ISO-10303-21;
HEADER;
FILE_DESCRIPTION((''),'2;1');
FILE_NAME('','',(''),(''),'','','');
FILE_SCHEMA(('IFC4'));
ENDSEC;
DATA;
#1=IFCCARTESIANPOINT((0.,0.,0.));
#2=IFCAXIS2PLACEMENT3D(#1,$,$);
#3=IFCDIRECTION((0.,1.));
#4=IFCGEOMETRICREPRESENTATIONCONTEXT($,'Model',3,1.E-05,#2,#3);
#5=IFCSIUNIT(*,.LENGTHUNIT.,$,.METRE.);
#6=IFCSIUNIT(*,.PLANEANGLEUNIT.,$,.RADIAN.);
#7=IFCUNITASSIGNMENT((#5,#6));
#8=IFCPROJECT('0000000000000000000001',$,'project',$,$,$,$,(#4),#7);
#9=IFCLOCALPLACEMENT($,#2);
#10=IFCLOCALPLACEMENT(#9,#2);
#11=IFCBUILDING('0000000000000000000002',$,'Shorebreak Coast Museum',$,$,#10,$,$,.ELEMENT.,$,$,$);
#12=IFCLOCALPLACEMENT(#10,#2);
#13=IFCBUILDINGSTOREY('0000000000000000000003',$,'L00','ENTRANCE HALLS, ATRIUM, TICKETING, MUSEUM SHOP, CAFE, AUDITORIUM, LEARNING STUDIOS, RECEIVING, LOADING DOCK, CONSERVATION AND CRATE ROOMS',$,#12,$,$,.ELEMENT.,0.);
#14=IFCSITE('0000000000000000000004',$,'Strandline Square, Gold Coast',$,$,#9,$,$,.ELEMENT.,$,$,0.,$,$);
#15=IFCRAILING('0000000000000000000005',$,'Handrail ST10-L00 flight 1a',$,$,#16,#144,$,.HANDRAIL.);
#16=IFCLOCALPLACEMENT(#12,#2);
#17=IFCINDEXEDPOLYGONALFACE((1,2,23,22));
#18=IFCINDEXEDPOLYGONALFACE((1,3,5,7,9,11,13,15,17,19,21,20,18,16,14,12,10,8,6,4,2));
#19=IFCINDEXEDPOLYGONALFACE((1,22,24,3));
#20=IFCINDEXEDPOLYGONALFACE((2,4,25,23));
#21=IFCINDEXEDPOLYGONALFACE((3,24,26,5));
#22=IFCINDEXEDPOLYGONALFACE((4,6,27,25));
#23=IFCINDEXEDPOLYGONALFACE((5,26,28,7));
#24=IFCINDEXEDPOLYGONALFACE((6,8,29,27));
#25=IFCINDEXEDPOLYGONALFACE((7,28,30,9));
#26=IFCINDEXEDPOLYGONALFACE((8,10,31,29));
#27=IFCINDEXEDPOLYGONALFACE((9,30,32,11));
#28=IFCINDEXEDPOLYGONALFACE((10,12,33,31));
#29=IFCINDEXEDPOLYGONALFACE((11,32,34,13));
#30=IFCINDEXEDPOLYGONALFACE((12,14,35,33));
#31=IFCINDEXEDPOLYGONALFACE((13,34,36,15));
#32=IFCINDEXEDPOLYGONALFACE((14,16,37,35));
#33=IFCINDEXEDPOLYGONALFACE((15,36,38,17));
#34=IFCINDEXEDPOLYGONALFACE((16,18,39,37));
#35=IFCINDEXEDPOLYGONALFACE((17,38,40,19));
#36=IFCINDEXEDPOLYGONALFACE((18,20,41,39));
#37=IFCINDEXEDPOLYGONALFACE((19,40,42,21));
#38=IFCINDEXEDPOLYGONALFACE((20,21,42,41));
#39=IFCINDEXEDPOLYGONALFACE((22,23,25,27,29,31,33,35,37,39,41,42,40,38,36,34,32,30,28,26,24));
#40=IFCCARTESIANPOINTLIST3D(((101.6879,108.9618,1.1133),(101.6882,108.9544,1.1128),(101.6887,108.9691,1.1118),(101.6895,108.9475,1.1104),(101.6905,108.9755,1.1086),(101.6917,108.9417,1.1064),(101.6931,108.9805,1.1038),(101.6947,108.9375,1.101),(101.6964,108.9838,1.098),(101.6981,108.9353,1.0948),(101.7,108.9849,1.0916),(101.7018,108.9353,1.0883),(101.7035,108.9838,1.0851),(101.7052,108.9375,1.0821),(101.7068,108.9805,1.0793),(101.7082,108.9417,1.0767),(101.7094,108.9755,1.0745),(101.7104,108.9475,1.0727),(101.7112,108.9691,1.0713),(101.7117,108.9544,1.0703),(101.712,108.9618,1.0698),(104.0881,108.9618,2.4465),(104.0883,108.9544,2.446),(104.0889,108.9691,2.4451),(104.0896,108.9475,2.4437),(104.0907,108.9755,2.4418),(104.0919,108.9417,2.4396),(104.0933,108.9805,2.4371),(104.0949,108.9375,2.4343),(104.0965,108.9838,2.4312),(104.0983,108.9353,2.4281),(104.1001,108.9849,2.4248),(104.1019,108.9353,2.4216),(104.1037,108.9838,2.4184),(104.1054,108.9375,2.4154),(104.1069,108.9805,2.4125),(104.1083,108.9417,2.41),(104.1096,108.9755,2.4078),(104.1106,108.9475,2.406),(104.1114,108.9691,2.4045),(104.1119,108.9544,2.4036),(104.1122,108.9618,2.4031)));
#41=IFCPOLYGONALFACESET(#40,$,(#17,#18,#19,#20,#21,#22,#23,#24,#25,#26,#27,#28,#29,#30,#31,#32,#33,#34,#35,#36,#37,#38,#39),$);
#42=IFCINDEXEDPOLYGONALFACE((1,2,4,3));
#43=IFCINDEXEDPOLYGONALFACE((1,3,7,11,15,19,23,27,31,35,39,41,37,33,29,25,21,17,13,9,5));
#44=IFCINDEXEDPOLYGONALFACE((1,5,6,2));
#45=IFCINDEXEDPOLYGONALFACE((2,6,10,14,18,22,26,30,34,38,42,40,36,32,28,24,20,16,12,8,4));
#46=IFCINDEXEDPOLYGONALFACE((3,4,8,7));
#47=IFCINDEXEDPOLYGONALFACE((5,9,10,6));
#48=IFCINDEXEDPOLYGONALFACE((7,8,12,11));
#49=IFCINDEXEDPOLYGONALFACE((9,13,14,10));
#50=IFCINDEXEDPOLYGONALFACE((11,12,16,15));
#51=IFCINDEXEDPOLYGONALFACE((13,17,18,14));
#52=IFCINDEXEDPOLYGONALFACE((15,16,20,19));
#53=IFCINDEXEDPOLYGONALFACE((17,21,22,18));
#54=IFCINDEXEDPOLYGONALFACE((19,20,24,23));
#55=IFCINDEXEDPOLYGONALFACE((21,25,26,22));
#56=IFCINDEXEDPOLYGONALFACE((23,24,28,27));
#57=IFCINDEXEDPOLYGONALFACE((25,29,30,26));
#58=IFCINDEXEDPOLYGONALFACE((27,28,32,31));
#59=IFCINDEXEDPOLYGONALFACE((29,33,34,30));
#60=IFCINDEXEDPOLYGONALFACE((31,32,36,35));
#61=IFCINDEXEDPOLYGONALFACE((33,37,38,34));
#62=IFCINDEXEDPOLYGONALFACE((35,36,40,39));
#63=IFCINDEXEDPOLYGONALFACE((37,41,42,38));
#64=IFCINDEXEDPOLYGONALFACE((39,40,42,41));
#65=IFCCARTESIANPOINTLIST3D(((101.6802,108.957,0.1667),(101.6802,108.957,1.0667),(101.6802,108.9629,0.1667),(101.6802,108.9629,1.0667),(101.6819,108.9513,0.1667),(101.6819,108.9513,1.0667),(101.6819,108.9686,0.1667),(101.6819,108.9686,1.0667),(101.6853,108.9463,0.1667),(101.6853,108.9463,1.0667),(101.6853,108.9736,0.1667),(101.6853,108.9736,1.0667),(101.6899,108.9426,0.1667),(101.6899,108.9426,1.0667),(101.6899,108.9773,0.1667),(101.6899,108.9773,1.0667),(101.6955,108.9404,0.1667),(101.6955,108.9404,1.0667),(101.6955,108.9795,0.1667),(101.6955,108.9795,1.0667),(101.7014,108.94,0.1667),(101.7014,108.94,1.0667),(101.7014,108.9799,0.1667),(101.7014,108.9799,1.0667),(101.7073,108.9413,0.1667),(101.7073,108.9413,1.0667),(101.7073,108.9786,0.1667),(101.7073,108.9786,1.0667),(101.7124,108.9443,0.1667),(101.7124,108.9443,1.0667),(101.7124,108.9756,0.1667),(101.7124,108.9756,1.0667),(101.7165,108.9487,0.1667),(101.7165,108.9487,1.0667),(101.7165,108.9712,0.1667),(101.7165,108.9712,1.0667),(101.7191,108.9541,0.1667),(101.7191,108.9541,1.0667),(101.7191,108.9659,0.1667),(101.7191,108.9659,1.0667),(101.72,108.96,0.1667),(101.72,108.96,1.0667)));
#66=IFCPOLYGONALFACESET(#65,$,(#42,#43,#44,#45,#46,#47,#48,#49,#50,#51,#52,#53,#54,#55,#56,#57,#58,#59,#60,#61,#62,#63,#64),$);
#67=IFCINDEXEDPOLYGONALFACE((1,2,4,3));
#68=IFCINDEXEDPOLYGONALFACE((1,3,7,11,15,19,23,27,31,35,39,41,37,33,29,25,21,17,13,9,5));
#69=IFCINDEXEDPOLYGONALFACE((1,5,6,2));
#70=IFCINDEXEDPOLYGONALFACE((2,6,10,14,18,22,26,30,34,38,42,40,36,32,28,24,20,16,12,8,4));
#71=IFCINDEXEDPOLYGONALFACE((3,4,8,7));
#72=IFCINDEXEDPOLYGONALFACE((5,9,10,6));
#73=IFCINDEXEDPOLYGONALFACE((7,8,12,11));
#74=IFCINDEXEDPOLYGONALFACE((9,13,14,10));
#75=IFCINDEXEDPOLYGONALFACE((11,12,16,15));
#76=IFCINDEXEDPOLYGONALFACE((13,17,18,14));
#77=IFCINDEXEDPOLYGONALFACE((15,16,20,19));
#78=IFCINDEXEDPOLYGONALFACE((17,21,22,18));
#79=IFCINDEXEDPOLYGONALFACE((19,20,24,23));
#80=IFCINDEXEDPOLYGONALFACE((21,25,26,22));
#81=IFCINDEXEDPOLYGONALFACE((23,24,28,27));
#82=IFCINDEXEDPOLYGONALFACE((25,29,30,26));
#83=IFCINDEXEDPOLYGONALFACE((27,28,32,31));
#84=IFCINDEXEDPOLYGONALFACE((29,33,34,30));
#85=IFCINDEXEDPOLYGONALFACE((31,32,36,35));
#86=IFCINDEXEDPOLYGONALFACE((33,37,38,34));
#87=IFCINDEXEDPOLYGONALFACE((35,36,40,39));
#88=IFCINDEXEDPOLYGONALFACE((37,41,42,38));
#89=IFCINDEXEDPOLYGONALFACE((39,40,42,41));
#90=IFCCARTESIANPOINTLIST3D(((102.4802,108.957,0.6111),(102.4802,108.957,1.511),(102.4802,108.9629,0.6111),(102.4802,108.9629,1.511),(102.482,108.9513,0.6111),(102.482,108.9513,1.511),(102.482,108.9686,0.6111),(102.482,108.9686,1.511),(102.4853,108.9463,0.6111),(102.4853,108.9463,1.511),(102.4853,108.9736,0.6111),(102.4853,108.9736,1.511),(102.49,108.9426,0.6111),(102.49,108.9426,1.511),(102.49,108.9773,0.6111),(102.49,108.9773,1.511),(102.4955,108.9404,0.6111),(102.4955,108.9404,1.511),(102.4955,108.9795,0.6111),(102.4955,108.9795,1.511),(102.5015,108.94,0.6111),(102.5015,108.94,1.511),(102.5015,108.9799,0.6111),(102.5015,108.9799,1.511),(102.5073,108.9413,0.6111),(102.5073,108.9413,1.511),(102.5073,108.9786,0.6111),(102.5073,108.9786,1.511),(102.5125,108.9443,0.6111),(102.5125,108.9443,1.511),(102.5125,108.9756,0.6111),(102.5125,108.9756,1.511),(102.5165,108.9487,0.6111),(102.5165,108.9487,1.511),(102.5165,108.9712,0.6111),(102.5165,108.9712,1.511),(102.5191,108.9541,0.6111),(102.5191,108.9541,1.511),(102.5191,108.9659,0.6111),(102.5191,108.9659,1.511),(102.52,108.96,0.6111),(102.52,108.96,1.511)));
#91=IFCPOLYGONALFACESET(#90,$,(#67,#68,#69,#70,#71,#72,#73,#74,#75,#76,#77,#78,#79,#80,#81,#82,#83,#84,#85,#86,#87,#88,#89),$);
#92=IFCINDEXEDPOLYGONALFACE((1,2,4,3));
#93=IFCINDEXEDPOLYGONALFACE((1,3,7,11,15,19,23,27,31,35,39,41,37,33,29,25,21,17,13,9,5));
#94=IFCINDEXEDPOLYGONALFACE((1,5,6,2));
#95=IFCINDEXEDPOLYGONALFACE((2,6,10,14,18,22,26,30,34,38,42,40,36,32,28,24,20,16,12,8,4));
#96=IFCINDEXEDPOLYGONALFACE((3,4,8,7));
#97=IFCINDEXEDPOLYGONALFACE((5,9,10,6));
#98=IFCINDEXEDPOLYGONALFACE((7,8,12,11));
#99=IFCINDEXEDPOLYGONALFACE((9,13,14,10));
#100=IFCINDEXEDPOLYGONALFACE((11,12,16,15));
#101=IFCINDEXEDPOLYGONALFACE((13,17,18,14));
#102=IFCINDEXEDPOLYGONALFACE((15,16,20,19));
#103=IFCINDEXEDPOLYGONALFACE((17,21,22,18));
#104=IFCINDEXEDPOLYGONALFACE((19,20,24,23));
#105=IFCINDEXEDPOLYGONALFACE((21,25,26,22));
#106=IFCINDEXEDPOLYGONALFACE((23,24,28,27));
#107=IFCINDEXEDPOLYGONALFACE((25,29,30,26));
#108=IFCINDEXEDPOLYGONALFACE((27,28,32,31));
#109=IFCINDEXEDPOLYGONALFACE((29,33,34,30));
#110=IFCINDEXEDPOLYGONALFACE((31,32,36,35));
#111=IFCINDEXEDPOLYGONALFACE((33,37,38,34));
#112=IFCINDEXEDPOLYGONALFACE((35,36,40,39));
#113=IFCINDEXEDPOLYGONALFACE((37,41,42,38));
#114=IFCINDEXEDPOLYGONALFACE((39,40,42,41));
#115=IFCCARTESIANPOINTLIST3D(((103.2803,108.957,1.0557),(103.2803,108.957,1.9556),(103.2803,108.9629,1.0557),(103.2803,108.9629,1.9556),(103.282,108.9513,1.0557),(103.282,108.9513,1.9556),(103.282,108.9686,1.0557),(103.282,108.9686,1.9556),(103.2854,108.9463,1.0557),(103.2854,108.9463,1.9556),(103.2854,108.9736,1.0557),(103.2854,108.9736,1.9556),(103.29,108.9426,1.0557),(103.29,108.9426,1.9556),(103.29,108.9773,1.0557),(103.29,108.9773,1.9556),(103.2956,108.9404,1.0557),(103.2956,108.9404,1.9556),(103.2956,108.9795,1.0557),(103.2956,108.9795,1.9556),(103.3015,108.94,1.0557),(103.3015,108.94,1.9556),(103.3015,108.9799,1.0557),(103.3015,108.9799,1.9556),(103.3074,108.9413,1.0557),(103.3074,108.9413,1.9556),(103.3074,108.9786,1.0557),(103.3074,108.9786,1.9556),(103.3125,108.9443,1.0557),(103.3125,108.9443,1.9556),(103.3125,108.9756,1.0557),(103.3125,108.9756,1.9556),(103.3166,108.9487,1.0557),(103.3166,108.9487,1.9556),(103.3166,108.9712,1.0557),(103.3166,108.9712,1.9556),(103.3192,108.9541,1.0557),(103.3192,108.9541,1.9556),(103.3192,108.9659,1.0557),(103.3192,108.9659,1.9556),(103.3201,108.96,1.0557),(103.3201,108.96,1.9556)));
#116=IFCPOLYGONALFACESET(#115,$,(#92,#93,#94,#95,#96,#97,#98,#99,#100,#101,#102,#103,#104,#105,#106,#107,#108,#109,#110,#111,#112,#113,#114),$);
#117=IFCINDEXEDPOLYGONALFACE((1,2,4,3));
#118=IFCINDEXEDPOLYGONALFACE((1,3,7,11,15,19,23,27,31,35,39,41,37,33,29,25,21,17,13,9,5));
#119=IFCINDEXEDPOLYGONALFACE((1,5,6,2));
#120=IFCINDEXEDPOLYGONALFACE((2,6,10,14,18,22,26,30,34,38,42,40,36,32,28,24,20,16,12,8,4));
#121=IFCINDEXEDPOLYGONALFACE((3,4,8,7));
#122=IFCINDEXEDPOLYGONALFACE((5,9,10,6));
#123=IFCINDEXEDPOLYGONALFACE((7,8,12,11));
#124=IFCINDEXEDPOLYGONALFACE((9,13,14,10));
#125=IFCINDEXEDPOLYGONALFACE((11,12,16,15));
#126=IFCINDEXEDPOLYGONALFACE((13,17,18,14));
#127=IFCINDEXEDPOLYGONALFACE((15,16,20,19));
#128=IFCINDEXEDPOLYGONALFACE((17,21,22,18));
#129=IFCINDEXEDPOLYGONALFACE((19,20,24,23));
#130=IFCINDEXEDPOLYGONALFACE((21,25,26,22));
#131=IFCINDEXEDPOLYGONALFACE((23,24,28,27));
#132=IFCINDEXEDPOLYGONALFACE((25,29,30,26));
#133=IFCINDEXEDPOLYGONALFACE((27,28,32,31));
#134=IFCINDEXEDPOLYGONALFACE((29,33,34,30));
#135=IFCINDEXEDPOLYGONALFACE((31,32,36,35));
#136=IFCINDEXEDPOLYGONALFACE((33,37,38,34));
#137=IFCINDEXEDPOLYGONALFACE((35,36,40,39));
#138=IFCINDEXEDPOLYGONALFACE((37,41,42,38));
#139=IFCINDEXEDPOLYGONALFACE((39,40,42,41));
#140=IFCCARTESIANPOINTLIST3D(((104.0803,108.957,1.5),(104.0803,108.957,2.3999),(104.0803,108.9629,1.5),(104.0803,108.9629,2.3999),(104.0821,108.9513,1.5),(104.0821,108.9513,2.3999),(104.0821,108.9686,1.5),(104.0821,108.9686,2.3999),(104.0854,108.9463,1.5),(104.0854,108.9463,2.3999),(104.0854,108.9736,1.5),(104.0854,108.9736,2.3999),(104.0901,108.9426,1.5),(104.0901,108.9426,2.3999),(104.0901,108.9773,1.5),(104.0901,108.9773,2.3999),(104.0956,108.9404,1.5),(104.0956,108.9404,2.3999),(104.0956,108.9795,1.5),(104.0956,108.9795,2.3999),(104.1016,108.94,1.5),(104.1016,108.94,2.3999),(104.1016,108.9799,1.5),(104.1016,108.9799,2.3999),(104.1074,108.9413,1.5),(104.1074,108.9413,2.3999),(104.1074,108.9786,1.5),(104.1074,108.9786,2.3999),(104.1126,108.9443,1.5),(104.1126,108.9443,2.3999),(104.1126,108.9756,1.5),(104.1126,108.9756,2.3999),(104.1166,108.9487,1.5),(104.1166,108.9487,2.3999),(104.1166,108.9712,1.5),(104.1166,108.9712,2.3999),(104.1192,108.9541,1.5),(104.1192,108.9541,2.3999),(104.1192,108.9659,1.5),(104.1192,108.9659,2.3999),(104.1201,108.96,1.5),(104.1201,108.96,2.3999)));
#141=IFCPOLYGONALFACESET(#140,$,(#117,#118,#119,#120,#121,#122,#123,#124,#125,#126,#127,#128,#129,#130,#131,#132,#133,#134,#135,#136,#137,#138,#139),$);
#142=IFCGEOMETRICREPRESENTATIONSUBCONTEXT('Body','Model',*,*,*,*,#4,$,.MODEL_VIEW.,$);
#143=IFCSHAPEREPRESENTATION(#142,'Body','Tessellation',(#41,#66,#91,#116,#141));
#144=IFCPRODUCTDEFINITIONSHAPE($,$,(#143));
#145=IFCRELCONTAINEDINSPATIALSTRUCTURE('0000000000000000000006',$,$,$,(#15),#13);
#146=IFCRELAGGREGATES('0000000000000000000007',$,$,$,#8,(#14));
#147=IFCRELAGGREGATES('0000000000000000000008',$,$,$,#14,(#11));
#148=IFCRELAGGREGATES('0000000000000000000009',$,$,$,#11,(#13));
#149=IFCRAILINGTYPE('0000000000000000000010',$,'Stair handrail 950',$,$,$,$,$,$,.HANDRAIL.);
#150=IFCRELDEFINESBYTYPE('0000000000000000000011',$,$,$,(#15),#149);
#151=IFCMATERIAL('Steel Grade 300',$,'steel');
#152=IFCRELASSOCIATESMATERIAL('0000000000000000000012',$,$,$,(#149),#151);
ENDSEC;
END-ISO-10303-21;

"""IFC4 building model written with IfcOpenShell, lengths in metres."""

from ifc_helpers import new_model, si_unit, direction, frame, origin, origin_2d, place, context, subcontext, project, spatial, circle, extrude, material, type_object, element, save


model = new_model("IFC4")

# Units and contexts
model_context = context("Model", 3, precision=1e-05, world=origin(), true_north=direction((0.0, 1.0)))
body_context = subcontext(model_context, "Body", "Model", "MODEL_VIEW")
ifc_project = project(units=[si_unit("LENGTHUNIT", "METRE"), si_unit("PLANEANGLEUNIT", "RADIAN")], contexts=[model_context])

# Site, building, storey
site_placement = place(None, origin())
site = spatial("IfcSite", under=ifc_project, at=site_placement, Name="Strandline Square, Gold Coast", CompositionType="ELEMENT", RefElevation=0.0)
building_placement = place(site_placement, origin())
building = spatial("IfcBuilding", under=site, at=building_placement, Name="Shorebreak Coast Museum", CompositionType="ELEMENT")
storey_placement = place(building_placement, origin())
storey = spatial("IfcBuildingStorey", under=building, at=storey_placement, Name="L00", Description="ENTRANCE HALLS, ATRIUM, TICKETING, MUSEUM SHOP, CAFE, AUDITORIUM, LEARNING STUDIOS, RECEIVING, LOADING DOCK, CONSERVATION AND CRATE ROOMS", CompositionType="ELEMENT", Elevation=0.0)

# Railing
ifc_material_1 = material(Name="Steel Grade 300", Category="steel")
railing_type_1 = type_object("IfcRailingType", Name="Stair handrail 950", PredefinedType="HANDRAIL", material=ifc_material_1)
for number, where, name in (
    (1, (101.7, 108.96, 0.1667), "Handrail ST10-L00 flight 1a"),
):
    element("IfcRailing", number, at=place(storey_placement, frame(where)), inside=storey, type_object=railing_type_1, Name=name, PredefinedType="HANDRAIL", context=body_context, shape_type="SweptSolid", body=[
        extrude(circle(Radius=0.0249, at=origin_2d()), frame((0.0, 0.0, 0.9248), z_axis=(0.874182, 0.0, 0.485598), x_axis=(0.0, 1.0, 0.0)), (0.0, 0.0, 1.0), 2.7456),
        extrude(circle(Radius=0.02, at=origin_2d()), origin(), (0.0, 0.0, 1.0), 0.8999),
        extrude(circle(Radius=0.02, at=origin_2d()), frame((0.8, 0.0, 0.4443)), (0.0, 0.0, 1.0), 0.8999),
        extrude(circle(Radius=0.02, at=origin_2d()), frame((1.6001, 0.0, 0.8889)), (0.0, 0.0, 1.0), 0.8999),
        extrude(circle(Radius=0.02, at=origin_2d()), frame((2.4001, 0.0, 1.3333)), (0.0, 0.0, 1.0), 0.8999),
    ])

save(model, "model.ifc")
